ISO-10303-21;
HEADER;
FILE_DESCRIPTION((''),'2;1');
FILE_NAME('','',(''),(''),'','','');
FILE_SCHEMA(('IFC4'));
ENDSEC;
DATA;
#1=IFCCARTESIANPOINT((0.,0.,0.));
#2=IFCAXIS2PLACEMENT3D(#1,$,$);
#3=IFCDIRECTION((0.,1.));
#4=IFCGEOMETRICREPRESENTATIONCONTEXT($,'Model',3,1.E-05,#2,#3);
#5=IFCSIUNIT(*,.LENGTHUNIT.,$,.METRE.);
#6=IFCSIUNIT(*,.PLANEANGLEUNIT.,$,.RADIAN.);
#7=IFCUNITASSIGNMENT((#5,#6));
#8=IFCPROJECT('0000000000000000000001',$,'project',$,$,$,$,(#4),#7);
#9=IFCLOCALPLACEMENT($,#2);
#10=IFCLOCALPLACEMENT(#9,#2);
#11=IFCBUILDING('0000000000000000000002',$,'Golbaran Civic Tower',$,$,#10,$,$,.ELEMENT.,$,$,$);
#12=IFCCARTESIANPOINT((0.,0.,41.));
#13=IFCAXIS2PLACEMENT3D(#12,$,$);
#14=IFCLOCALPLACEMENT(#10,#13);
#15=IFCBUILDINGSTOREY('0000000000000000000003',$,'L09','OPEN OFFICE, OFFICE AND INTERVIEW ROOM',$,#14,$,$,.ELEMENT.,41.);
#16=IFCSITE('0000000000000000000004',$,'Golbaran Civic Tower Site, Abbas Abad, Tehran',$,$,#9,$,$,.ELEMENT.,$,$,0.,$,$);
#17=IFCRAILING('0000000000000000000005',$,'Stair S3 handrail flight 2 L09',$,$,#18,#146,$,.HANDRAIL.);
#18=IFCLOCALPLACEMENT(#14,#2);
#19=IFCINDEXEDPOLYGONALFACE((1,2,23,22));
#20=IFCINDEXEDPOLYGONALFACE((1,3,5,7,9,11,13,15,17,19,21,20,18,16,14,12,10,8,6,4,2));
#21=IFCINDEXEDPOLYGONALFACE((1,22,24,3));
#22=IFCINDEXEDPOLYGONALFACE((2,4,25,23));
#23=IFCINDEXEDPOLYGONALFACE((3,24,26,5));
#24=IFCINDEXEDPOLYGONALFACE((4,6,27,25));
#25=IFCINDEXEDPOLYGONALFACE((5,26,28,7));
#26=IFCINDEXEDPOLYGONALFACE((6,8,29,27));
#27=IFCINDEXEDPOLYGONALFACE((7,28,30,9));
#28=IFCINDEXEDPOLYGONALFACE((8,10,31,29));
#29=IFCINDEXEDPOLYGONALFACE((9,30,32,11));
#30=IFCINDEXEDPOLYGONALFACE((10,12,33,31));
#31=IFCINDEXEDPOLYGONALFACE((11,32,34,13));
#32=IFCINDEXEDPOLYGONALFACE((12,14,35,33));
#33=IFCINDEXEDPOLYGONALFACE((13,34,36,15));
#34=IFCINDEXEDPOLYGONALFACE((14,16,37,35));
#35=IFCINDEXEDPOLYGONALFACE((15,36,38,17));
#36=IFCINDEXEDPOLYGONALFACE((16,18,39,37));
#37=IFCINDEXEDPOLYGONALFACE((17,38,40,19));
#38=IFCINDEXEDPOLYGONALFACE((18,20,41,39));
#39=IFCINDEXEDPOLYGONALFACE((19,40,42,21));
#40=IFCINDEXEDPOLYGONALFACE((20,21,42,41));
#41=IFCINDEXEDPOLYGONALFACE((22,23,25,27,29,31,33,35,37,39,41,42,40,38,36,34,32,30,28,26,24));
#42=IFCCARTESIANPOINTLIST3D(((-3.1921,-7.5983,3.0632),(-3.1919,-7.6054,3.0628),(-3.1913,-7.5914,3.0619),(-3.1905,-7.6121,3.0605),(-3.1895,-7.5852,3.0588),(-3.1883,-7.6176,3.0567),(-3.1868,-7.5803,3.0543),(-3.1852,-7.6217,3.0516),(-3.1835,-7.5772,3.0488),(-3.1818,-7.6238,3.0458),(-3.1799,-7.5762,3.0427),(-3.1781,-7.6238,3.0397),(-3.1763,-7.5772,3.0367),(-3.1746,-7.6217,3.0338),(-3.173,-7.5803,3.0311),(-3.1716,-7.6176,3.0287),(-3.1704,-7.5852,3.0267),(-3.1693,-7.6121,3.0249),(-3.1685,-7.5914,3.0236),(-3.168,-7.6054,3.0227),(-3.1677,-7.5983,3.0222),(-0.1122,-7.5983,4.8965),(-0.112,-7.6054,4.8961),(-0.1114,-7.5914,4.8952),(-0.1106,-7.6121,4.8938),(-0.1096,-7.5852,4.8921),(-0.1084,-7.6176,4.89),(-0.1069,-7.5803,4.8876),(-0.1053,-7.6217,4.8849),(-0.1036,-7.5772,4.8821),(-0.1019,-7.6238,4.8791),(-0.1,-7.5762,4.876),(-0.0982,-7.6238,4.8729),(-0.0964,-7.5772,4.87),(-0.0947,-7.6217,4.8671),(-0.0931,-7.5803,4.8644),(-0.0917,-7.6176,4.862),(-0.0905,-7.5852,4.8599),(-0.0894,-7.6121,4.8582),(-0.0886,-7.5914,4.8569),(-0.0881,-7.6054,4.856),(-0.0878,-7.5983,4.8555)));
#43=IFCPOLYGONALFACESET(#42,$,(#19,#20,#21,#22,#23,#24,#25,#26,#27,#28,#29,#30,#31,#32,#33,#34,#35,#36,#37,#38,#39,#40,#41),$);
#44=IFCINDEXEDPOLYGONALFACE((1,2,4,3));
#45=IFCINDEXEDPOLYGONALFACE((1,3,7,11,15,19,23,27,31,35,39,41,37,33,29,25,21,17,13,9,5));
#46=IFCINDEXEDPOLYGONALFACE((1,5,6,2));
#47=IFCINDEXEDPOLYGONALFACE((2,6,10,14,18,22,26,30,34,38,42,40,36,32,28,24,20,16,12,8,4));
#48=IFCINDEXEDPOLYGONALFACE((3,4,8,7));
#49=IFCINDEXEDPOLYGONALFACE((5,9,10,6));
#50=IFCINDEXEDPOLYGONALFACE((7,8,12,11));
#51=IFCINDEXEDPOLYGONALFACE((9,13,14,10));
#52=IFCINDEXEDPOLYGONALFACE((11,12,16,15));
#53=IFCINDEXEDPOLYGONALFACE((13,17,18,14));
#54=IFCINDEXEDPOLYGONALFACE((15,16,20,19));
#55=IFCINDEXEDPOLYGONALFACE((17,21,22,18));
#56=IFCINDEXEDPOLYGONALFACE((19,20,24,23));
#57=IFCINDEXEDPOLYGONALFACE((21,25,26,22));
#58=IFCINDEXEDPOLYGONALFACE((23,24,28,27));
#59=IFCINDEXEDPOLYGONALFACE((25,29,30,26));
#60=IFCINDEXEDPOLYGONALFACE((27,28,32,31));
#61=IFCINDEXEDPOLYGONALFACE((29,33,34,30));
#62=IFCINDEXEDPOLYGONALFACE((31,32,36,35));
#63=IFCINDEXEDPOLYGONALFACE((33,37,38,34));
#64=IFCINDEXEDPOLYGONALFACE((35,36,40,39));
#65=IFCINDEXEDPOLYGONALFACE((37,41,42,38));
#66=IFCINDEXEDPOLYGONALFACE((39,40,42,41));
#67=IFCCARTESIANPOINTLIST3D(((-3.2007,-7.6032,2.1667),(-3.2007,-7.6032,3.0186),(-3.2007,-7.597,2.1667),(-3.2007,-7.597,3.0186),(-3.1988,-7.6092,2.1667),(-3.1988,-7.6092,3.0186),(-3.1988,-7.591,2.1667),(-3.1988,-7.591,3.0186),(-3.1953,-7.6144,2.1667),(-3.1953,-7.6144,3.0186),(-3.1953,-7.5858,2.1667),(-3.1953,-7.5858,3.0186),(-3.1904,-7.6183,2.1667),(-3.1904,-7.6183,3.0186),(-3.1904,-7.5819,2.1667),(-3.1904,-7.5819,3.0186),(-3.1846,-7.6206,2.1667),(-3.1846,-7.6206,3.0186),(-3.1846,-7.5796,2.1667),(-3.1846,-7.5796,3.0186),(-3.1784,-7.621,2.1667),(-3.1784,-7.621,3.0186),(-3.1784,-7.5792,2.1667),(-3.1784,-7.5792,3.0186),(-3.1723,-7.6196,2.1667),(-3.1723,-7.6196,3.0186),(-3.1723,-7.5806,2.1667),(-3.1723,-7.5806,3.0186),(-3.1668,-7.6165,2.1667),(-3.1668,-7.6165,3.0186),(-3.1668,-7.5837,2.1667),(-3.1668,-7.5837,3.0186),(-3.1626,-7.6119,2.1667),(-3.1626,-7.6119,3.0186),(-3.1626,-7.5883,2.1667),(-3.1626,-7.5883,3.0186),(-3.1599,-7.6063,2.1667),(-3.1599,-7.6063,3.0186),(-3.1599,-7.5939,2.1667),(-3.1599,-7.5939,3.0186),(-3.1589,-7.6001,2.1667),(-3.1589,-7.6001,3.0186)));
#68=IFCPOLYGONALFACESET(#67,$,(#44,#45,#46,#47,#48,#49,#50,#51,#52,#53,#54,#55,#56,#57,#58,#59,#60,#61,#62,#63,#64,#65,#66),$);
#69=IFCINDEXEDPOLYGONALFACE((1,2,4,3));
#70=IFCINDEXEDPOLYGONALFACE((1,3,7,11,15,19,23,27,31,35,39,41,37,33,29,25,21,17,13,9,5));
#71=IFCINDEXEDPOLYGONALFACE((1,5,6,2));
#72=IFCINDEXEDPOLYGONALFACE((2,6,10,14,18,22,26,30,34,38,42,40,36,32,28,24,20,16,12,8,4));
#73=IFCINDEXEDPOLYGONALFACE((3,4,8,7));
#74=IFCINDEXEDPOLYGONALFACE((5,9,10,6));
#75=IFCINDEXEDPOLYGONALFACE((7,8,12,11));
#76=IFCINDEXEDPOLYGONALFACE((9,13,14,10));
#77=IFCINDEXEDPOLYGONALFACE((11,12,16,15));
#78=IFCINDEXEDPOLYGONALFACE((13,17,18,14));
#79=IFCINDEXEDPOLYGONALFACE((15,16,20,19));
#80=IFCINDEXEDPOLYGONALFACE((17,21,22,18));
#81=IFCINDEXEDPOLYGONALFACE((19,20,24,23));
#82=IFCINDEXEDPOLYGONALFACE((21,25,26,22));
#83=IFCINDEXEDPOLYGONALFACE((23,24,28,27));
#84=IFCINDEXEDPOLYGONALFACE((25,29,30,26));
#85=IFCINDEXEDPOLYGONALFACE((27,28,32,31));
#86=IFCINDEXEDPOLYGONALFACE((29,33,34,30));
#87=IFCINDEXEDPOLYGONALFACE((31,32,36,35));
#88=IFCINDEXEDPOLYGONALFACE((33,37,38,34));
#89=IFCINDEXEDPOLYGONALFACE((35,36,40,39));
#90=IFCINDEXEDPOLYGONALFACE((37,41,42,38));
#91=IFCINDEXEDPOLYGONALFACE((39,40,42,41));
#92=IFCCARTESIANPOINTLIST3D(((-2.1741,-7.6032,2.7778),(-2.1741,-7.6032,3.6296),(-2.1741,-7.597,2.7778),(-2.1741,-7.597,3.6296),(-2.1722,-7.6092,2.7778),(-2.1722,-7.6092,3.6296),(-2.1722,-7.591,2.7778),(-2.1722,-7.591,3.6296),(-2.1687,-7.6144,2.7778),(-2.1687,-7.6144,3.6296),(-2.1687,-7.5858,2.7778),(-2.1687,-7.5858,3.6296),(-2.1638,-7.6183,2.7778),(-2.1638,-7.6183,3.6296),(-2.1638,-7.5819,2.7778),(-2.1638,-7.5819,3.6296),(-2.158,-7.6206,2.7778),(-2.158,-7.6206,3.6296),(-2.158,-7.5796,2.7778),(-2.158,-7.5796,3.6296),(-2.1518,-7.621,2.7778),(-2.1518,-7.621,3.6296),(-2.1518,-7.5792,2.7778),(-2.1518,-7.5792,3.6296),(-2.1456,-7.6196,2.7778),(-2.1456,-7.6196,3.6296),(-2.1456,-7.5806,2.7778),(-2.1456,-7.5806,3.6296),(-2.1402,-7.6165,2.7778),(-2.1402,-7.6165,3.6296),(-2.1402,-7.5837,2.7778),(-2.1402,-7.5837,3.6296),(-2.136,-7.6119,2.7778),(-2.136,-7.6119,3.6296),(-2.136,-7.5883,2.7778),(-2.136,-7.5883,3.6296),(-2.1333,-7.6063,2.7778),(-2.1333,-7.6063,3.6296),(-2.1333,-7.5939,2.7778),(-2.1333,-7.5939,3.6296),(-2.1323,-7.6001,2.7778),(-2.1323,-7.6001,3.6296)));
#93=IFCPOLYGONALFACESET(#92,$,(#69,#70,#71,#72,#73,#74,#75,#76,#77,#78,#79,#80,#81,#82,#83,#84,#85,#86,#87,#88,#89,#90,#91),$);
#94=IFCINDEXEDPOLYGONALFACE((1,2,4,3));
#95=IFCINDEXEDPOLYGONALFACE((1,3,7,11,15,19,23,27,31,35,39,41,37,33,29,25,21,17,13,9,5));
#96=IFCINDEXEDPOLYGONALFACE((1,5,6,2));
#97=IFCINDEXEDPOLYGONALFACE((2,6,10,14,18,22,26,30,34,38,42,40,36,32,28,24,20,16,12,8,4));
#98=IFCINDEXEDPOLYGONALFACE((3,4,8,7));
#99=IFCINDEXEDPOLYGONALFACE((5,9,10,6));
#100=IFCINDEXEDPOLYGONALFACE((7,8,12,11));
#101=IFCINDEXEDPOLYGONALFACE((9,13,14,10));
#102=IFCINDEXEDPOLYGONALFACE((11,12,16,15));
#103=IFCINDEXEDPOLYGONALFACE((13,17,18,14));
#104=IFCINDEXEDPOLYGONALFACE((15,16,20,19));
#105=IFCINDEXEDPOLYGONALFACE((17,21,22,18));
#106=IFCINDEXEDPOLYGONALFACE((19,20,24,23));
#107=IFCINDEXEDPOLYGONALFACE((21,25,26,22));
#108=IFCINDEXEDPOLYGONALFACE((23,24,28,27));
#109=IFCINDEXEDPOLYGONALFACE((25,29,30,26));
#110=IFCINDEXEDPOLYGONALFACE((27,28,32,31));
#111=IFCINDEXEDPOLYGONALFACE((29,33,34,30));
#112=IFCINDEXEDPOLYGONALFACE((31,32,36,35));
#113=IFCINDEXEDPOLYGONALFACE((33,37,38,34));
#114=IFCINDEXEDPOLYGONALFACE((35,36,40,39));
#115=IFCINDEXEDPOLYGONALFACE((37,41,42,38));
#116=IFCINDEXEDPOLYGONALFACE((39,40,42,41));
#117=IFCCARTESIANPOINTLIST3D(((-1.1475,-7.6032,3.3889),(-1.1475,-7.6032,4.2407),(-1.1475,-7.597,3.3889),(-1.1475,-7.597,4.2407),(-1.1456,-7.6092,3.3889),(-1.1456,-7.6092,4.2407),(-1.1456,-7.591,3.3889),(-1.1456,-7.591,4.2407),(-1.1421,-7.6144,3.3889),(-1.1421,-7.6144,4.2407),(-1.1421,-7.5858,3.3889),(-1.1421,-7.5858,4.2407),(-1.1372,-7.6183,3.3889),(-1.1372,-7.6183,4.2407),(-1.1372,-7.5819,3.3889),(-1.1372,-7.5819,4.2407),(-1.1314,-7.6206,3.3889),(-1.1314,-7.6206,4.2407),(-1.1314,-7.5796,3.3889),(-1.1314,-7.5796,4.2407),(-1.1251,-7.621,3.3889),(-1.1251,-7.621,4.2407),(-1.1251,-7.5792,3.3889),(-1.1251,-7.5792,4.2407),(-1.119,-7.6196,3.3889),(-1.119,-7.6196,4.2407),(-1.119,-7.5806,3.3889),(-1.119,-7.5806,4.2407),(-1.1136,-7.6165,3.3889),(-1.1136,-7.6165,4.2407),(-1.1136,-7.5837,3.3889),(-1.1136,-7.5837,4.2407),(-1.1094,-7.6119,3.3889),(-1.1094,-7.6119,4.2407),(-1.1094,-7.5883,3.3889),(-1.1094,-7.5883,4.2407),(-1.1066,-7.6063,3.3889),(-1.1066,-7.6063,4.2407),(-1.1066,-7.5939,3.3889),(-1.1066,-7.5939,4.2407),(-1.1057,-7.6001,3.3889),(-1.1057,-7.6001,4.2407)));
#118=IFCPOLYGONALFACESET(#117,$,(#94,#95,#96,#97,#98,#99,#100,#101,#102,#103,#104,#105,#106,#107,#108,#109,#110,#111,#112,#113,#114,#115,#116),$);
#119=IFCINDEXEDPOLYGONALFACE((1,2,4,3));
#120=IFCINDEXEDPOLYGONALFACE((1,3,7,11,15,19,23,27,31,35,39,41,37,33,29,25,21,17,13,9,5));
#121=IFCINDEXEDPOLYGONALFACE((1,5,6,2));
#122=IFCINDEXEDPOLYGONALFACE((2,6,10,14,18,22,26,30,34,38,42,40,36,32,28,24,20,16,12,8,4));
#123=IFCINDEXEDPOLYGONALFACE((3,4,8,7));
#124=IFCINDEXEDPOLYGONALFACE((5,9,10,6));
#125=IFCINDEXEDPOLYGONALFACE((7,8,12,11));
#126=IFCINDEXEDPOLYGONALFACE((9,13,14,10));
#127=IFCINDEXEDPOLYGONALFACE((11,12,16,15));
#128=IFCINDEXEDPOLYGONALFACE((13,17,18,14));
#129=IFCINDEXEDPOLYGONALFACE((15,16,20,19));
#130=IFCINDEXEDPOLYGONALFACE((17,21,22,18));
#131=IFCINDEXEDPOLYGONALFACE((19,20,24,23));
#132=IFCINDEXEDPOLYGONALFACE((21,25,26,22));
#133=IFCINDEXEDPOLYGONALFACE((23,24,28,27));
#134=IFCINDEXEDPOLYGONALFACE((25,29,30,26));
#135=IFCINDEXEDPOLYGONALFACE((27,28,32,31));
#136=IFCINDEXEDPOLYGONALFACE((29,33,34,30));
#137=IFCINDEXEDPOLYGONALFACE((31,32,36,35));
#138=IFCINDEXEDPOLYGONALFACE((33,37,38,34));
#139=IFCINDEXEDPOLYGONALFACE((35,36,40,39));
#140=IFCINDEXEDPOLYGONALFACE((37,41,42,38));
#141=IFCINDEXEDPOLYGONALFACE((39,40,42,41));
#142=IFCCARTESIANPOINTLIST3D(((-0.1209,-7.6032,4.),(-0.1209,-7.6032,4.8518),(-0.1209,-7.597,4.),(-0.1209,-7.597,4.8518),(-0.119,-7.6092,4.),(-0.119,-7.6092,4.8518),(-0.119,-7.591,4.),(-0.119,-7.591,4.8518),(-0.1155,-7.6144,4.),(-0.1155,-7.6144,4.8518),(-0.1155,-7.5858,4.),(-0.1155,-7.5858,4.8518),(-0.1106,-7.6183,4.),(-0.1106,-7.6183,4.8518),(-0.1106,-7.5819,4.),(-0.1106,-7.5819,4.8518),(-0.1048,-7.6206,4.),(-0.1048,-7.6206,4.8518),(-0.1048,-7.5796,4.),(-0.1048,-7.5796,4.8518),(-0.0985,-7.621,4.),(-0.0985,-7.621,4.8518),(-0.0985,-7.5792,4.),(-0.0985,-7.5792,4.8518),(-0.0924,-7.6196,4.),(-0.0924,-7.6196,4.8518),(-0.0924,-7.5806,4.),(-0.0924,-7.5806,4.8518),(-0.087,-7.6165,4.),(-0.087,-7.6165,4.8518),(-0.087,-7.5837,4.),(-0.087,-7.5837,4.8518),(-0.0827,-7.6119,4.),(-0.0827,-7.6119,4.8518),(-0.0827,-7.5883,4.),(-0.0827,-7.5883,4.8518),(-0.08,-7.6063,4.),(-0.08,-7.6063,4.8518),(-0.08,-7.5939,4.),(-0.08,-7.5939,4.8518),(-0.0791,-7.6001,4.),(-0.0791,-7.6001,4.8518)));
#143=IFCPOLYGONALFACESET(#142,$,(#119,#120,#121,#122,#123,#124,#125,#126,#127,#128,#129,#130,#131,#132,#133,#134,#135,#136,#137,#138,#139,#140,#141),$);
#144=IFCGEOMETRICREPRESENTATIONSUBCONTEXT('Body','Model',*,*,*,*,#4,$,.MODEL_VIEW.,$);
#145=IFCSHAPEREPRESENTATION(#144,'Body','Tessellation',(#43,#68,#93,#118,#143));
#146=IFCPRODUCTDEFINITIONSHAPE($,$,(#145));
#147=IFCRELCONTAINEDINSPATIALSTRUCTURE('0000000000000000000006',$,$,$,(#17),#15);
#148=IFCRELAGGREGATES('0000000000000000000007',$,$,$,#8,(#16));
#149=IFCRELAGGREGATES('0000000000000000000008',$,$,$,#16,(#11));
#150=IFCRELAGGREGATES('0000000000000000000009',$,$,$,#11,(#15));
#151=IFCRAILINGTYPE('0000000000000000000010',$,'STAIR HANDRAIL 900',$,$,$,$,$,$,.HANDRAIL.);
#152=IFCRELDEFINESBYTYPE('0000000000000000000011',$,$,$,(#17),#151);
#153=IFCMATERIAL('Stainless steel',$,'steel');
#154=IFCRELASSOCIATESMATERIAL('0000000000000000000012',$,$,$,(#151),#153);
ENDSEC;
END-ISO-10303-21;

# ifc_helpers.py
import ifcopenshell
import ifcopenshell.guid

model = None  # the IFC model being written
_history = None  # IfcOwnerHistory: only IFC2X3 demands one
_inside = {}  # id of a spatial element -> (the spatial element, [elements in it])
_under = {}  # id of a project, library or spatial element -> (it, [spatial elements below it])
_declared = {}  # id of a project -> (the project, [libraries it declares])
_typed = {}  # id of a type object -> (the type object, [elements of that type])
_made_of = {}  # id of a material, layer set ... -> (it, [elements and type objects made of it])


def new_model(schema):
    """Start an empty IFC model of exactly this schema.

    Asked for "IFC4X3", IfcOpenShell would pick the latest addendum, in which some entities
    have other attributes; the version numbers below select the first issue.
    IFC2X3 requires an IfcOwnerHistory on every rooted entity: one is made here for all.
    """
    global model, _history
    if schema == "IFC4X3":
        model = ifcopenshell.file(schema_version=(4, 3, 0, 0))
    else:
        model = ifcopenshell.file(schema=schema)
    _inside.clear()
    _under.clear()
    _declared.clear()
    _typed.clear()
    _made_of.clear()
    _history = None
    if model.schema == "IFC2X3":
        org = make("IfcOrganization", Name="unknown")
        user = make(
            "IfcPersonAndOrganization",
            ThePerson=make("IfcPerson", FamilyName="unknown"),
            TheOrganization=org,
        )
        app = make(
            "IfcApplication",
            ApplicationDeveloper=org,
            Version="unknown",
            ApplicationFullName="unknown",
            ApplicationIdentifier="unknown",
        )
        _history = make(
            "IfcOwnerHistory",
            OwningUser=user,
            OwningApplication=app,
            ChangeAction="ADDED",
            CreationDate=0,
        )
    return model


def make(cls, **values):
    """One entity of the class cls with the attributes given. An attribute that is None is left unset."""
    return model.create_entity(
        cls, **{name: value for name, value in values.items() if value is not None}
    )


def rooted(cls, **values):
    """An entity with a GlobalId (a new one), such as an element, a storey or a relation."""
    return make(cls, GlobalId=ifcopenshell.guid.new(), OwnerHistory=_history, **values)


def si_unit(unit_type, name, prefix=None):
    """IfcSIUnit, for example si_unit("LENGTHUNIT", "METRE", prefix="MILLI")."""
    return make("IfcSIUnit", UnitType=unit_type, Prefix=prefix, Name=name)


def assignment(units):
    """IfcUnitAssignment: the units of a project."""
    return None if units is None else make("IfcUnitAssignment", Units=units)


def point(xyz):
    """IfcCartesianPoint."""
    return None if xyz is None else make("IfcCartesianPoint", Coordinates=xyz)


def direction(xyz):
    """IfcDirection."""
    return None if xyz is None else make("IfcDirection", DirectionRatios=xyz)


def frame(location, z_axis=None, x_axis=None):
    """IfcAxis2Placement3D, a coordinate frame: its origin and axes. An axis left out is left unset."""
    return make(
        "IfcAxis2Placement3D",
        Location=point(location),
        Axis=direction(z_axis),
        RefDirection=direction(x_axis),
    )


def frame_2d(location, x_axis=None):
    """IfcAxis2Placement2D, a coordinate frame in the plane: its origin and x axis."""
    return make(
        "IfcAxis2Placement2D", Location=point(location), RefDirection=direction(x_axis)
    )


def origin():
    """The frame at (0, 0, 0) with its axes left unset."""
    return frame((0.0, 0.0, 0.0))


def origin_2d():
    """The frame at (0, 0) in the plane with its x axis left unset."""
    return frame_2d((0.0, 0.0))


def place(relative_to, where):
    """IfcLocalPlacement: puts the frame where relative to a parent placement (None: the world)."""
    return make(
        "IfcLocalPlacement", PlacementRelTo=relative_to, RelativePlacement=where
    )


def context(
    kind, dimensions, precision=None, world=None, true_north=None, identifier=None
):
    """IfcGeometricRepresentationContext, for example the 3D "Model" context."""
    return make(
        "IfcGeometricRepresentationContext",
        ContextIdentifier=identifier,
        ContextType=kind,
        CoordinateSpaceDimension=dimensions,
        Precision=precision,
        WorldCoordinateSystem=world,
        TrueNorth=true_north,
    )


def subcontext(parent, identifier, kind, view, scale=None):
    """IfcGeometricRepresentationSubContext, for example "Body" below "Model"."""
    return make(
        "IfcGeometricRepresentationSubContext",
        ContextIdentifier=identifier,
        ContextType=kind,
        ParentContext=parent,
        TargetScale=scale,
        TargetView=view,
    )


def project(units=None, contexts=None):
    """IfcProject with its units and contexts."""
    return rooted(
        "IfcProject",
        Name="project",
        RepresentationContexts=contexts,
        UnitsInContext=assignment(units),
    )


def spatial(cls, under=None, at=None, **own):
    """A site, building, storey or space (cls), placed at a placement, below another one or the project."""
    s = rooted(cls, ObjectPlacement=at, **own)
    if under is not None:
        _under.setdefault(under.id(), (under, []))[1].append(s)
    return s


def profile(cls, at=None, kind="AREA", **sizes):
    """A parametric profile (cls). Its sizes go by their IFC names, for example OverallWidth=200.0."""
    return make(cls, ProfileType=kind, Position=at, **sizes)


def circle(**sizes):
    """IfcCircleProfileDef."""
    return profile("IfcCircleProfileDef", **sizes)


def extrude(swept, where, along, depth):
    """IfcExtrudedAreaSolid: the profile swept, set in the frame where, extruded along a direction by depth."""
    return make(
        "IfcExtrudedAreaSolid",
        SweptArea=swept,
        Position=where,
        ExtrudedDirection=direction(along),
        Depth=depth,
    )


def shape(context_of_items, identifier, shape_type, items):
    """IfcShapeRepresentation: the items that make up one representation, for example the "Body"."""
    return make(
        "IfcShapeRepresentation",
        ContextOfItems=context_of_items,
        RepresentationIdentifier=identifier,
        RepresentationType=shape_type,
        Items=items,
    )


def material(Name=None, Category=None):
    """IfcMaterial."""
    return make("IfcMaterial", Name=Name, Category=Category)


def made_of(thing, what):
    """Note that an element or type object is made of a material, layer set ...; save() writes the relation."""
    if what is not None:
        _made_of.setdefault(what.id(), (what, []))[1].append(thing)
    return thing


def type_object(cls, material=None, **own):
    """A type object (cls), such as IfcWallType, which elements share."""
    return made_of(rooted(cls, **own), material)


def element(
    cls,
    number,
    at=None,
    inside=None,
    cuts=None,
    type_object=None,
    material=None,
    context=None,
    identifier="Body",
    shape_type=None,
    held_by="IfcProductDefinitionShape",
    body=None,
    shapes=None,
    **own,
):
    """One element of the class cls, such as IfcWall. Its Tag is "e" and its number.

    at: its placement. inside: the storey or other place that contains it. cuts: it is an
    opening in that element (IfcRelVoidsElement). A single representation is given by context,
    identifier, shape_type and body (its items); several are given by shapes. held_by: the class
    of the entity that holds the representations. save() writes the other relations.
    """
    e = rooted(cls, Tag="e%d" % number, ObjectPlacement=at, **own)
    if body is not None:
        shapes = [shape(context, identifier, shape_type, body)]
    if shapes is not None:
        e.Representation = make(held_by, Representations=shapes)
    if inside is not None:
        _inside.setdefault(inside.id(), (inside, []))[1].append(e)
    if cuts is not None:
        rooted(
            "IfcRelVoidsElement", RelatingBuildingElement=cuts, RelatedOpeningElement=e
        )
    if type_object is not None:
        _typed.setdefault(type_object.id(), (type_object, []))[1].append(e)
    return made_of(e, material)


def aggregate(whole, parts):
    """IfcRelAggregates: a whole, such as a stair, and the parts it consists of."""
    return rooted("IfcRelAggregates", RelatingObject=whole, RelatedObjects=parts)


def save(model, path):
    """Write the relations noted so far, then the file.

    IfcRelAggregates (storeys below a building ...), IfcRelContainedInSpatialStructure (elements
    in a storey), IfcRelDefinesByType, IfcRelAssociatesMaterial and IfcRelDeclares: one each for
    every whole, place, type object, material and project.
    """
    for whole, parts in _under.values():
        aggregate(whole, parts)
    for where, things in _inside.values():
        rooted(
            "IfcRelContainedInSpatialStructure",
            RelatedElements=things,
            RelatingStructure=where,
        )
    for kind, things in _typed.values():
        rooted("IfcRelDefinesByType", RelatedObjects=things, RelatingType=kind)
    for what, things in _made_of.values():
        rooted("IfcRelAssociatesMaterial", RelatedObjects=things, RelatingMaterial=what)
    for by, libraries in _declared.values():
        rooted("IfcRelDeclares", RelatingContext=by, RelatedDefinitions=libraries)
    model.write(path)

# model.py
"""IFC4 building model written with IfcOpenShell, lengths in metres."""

from ifc_helpers import new_model, si_unit, direction, frame, origin, origin_2d, place, context, subcontext, project, spatial, circle, extrude, material, type_object, element, save


model = new_model("IFC4")

# Units and contexts
model_context = context("Model", 3, precision=1e-05, world=origin(), true_north=direction((0.0, 1.0)))
body_context = subcontext(model_context, "Body", "Model", "MODEL_VIEW")
ifc_project = project(units=[si_unit("LENGTHUNIT", "METRE"), si_unit("PLANEANGLEUNIT", "RADIAN")], contexts=[model_context])

# Site, building, storey
site_placement = place(None, origin())
site = spatial("IfcSite", under=ifc_project, at=site_placement, Name="Golbaran Civic Tower Site, Abbas Abad, Tehran", CompositionType="ELEMENT", RefElevation=0.0)
building_placement = place(site_placement, origin())
building = spatial("IfcBuilding", under=site, at=building_placement, Name="Golbaran Civic Tower", CompositionType="ELEMENT")
storey_placement = place(building_placement, frame((0.0, 0.0, 41.0)))
storey = spatial("IfcBuildingStorey", under=building, at=storey_placement, Name="L09", Description="OPEN OFFICE, OFFICE AND INTERVIEW ROOM", CompositionType="ELEMENT", Elevation=41.0)

# Shared definitions
ifc_material_1 = material(Name="Stainless steel", Category="steel")

# Railing
railing_type = type_object("IfcRailingType", Name="STAIR HANDRAIL 900", PredefinedType="HANDRAIL", material=ifc_material_1)
railing_1_placement = place(storey_placement, frame((-3.1799, -7.6001, 2.1667)))
element("IfcRailing", 1, at=railing_1_placement, inside=storey, type_object=railing_type, Name="Stair S3 handrail flight 2 L09", PredefinedType="HANDRAIL", context=body_context, shape_type="SweptSolid", body=[
    extrude(circle(Radius=0.0239, at=origin_2d()), frame((0.0, 0.0, 0.876), z_axis=(0.859291, 0.0, 0.511487), x_axis=(0.0, 1.0, 0.0)), (0.0, 0.0, 1.0), 3.5842),
    extrude(circle(Radius=0.021, at=origin_2d()), origin(), (0.0, 0.0, 1.0), 0.8518),
    extrude(circle(Radius=0.021, at=origin_2d()), frame((1.0266, 0.0, 0.6111)), (0.0, 0.0, 1.0), 0.8518),
    extrude(circle(Radius=0.021, at=origin_2d()), frame((2.0532, 0.0, 1.2222)), (0.0, 0.0, 1.0), 0.8518),
    extrude(circle(Radius=0.021, at=origin_2d()), frame((3.0798, 0.0, 1.8333)), (0.0, 0.0, 1.0), 0.8518),
])

save(model, "model.ifc")
